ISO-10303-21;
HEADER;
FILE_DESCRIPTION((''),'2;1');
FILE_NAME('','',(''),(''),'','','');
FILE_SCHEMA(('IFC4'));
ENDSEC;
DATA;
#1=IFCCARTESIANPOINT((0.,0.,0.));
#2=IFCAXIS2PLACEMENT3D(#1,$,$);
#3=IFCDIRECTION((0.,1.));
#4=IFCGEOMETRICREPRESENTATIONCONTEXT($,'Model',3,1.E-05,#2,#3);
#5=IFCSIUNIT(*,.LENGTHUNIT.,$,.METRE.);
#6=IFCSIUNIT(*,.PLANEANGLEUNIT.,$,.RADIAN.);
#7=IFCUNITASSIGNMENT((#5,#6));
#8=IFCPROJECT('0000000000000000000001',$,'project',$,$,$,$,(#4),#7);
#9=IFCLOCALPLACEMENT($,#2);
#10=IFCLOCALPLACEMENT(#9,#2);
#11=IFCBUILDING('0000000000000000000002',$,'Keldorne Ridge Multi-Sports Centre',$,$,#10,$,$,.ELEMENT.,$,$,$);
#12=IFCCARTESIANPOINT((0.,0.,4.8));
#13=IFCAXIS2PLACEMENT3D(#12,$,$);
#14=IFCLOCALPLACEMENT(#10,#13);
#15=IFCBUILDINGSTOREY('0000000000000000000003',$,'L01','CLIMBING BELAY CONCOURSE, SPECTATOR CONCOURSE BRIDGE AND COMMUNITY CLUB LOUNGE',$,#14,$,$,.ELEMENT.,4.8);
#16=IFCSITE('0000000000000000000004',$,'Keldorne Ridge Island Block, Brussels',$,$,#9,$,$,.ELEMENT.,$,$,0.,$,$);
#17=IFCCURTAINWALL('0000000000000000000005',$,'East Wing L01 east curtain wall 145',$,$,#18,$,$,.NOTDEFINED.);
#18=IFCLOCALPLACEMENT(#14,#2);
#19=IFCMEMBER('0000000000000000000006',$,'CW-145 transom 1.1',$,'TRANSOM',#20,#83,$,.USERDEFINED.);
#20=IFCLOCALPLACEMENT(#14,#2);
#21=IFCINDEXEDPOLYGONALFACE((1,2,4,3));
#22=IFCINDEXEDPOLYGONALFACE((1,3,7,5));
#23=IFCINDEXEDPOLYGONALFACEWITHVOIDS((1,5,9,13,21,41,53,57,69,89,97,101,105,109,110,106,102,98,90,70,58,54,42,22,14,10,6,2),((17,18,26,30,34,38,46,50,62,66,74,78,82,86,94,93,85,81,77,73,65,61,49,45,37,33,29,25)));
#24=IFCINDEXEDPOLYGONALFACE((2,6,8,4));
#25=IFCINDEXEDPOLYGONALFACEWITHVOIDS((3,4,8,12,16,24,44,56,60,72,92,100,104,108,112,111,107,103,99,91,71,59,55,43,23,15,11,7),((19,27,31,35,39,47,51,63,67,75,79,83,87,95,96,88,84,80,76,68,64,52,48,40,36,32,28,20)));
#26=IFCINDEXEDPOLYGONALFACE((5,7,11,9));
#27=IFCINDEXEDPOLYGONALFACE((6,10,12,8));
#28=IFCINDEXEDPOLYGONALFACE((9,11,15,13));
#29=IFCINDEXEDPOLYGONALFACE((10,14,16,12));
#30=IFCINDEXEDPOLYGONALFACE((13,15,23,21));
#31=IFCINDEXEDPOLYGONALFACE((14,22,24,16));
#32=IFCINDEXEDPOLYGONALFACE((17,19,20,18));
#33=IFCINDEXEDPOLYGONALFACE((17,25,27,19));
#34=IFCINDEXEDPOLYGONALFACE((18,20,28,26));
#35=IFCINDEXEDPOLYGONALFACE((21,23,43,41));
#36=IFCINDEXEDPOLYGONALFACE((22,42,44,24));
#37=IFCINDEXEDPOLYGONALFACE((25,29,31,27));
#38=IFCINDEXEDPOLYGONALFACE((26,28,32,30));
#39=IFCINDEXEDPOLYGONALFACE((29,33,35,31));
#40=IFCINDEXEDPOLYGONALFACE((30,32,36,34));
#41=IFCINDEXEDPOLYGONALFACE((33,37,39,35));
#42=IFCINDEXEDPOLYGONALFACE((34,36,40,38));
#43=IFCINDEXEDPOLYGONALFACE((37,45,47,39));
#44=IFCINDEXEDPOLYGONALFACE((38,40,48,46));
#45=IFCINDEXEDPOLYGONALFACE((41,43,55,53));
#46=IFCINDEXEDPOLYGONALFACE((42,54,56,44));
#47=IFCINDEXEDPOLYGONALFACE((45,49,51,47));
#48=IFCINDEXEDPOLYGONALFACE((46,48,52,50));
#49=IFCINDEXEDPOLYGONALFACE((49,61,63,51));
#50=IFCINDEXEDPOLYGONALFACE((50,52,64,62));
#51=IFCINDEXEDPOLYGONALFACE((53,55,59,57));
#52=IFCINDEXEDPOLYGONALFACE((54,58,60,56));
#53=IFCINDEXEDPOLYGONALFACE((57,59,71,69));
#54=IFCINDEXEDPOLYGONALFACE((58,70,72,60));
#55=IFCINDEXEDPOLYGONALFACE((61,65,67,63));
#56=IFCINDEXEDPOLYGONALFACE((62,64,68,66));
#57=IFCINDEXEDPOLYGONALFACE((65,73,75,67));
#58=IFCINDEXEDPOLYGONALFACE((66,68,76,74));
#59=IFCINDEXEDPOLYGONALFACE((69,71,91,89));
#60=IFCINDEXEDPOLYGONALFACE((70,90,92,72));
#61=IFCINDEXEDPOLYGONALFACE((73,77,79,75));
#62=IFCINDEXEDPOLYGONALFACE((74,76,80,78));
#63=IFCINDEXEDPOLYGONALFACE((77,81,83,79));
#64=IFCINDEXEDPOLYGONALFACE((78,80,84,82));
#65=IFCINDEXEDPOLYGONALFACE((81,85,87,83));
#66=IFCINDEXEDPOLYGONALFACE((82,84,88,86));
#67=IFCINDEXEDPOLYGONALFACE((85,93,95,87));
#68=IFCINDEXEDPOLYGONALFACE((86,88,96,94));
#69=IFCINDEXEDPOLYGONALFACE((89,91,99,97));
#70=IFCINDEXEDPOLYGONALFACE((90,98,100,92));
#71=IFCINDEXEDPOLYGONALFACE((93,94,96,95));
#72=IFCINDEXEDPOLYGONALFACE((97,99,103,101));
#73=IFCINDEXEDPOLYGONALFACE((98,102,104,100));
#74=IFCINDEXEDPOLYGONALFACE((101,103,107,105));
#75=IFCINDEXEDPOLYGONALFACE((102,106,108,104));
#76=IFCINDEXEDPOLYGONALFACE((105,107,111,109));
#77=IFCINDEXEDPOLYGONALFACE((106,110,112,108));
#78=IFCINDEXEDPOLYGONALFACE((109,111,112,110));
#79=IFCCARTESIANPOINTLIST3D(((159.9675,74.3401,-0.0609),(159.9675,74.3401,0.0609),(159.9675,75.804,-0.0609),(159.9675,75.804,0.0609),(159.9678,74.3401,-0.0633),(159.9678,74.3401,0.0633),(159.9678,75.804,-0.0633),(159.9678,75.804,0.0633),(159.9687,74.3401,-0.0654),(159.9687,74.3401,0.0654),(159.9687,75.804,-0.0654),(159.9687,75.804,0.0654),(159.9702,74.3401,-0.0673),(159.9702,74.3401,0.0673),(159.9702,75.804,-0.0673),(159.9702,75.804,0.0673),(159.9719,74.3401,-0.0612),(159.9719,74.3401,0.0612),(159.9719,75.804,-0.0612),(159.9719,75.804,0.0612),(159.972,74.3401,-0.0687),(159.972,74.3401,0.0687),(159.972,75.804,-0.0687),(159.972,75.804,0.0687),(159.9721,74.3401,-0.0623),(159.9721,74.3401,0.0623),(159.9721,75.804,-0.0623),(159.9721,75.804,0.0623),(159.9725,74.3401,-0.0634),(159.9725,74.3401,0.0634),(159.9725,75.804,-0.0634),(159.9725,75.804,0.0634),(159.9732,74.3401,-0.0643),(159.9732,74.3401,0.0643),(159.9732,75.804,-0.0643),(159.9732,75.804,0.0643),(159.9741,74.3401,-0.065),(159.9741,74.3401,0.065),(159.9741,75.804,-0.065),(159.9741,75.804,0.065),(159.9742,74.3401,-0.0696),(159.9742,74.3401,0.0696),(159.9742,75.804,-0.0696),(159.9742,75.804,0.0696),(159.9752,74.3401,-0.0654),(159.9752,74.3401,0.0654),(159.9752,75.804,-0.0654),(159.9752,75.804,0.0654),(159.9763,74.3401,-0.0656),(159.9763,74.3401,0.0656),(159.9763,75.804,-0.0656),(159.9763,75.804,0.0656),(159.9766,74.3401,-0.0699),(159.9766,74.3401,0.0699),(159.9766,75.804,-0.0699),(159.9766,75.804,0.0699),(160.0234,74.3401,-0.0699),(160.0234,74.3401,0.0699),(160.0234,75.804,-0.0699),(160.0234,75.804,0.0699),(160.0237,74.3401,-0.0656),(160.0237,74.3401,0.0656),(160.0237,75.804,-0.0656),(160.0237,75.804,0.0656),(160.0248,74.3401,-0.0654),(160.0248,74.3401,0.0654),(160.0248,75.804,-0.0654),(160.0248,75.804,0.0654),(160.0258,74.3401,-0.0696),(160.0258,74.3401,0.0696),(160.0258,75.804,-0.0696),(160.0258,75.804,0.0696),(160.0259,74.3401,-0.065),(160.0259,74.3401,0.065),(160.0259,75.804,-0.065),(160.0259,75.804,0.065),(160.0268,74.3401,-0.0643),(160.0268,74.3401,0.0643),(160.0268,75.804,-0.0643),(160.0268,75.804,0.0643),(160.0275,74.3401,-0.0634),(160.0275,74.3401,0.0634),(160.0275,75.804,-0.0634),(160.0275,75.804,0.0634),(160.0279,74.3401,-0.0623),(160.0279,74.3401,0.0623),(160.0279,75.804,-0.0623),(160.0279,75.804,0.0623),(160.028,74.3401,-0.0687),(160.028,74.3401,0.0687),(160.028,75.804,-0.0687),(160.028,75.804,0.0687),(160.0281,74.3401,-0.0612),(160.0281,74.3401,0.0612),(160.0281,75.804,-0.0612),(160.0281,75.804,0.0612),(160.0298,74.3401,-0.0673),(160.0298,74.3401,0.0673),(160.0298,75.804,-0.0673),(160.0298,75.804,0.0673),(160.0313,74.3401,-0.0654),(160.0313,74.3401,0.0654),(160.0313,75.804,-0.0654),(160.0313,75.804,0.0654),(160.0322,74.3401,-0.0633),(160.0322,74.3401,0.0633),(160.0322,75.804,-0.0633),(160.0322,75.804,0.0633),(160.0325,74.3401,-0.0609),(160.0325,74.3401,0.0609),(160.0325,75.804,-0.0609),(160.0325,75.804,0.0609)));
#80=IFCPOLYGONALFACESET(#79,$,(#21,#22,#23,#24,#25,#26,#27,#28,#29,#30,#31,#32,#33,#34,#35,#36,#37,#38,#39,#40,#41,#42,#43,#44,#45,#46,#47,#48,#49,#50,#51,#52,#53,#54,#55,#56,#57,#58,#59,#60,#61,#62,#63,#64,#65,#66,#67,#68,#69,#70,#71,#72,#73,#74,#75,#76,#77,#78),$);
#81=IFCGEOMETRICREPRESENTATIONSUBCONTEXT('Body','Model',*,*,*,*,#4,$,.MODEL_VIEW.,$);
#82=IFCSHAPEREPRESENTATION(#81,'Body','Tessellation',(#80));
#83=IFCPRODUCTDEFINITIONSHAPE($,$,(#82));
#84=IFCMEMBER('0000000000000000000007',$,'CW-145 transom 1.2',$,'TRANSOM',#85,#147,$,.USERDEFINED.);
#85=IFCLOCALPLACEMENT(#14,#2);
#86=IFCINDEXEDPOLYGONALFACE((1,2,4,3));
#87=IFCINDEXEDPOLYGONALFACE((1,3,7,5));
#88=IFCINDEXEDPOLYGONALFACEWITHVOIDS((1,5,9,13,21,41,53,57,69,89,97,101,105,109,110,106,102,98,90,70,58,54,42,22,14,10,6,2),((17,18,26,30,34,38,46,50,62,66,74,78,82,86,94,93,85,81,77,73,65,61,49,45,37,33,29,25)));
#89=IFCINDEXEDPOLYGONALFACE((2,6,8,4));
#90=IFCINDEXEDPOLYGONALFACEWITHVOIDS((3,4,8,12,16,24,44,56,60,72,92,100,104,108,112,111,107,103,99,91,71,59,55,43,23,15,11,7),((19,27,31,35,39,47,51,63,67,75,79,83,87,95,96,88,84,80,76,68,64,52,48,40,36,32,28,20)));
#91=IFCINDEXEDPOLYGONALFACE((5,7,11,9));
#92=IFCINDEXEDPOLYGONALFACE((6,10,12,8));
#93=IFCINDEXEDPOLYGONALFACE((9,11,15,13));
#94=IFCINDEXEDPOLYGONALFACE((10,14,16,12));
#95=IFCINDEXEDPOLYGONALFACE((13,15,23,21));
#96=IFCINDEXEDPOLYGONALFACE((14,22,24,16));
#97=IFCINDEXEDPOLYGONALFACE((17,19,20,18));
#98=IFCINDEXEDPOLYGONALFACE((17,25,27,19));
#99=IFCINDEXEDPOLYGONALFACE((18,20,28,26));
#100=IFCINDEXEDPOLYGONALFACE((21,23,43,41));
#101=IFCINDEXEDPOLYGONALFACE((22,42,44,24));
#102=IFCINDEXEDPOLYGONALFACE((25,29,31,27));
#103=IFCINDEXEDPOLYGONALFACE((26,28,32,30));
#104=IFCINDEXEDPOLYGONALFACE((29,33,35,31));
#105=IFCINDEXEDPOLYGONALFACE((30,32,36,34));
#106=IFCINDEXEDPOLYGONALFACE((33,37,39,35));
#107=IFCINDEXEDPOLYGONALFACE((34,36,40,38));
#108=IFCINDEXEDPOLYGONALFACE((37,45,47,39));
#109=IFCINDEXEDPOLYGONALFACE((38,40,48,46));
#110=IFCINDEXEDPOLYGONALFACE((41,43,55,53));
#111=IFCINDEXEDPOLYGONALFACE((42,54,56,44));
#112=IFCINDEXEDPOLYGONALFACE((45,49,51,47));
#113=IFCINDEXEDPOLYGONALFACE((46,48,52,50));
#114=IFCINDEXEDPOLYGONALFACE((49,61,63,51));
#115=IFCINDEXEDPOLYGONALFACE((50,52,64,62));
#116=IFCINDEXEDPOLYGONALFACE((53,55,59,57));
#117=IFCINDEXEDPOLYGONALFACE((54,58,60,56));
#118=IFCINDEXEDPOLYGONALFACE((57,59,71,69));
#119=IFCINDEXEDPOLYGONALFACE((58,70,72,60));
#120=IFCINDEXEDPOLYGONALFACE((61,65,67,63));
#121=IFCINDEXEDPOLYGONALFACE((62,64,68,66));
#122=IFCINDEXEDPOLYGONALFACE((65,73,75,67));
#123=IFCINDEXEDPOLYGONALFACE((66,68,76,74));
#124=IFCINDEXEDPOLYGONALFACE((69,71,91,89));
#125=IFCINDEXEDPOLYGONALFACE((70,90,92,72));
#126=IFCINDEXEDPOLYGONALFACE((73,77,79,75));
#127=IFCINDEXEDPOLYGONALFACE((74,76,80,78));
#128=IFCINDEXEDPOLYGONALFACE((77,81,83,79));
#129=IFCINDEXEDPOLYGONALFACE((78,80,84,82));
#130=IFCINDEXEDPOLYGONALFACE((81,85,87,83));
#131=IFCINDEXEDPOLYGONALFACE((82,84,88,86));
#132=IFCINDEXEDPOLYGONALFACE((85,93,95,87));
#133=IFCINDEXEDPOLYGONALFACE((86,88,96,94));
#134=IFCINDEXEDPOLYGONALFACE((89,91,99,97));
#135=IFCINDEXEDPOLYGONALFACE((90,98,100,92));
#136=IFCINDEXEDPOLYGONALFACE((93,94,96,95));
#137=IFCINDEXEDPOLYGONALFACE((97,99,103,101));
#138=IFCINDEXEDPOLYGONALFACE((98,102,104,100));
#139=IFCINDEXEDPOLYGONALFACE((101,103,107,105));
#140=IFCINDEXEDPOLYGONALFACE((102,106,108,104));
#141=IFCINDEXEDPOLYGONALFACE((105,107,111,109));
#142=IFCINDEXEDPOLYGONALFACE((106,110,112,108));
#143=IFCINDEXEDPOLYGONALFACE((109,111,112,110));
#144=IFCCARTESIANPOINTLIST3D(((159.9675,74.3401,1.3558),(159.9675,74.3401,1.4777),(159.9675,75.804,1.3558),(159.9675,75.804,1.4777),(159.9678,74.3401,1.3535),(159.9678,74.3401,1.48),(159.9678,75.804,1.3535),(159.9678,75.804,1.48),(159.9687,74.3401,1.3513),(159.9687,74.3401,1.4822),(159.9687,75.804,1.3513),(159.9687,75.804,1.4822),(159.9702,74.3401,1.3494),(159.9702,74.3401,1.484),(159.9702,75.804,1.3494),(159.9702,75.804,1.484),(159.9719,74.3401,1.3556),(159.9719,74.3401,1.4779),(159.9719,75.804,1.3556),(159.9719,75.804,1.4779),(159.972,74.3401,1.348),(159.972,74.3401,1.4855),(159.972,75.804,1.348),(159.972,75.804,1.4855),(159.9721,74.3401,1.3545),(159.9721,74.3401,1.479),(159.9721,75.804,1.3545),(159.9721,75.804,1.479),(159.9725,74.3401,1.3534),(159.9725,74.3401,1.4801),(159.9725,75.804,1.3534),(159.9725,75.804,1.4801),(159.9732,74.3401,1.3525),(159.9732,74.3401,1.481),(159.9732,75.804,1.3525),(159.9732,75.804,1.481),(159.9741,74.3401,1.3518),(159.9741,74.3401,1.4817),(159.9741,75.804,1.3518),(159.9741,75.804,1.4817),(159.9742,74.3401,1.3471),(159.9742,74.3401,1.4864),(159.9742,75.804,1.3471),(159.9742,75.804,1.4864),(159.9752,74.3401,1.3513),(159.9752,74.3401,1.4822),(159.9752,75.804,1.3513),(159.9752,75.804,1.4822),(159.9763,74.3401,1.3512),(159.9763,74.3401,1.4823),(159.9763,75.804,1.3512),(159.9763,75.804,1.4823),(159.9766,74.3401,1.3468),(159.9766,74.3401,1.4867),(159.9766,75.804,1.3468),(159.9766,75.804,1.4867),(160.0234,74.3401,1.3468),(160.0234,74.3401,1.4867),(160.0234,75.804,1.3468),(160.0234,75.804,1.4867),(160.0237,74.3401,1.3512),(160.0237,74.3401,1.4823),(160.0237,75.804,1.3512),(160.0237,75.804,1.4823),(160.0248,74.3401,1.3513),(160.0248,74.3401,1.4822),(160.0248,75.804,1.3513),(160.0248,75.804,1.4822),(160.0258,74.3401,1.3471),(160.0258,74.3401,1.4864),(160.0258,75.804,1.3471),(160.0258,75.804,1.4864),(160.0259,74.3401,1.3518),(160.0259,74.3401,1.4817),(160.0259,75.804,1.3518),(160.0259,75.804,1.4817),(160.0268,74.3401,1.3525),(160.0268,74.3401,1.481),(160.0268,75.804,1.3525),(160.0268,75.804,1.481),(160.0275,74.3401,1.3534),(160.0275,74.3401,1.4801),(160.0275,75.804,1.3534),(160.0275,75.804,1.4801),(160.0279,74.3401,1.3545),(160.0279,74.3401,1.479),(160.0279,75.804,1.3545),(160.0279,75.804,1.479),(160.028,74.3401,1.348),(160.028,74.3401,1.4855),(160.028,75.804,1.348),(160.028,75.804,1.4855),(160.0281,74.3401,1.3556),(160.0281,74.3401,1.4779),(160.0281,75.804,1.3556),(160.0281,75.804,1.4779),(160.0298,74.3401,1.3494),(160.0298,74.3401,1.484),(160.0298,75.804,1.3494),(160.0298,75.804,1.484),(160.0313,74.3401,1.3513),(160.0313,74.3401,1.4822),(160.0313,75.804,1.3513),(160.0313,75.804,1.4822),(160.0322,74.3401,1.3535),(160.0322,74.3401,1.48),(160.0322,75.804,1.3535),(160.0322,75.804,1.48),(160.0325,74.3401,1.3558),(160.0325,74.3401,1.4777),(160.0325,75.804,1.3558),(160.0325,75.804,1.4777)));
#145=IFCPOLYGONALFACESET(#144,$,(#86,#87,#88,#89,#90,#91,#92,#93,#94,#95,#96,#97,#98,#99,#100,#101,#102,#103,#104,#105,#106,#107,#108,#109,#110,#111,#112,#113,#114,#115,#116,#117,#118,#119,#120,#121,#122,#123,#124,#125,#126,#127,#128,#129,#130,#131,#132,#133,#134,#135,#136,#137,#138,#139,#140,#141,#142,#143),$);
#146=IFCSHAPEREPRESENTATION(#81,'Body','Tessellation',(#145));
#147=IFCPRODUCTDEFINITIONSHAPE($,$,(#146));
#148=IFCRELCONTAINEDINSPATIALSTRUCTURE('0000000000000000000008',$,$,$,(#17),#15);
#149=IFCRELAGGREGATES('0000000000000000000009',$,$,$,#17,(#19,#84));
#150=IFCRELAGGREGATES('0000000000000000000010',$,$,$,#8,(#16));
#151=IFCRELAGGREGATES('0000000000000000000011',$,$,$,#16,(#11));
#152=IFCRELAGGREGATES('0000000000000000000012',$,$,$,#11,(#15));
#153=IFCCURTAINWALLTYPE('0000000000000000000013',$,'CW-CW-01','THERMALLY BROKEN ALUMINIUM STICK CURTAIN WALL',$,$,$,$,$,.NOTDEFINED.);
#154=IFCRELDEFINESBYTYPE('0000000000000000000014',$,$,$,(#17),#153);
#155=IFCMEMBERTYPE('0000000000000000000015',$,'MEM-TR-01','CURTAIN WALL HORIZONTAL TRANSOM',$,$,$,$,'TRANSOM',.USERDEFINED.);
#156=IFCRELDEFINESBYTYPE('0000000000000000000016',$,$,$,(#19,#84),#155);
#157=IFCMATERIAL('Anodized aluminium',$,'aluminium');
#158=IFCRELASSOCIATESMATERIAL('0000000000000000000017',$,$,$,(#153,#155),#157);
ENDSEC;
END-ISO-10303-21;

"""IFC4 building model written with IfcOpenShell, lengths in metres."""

from ifc_helpers import new_model, si_unit, direction, frame, origin, origin_2d, place, context, subcontext, project, spatial, hollow_rectangle, extrude, material, material_profile, profile_set, type_object, element, aggregate, save


model = new_model("IFC4")

# Units and contexts
model_context = context("Model", 3, precision=1e-05, world=origin(), true_north=direction((0.0, 1.0)))
body_context = subcontext(model_context, "Body", "Model", "MODEL_VIEW")
ifc_project = project(units=[si_unit("LENGTHUNIT", "METRE"), si_unit("PLANEANGLEUNIT", "RADIAN")], contexts=[model_context])

# Site, building, storey
site_placement = place(None, origin())
site = spatial("IfcSite", under=ifc_project, at=site_placement, Name="Keldorne Ridge Island Block, Brussels", CompositionType="ELEMENT", RefElevation=0.0)
building_placement = place(site_placement, origin())
building = spatial("IfcBuilding", under=site, at=building_placement, Name="Keldorne Ridge Multi-Sports Centre", CompositionType="ELEMENT")
storey_placement = place(building_placement, frame((0.0, 0.0, 4.8)))
storey = spatial("IfcBuildingStorey", under=building, at=storey_placement, Name="L01", Description="CLIMBING BELAY CONCOURSE, SPECTATOR CONCOURSE BRIDGE AND COMMUNITY CLUB LOUNGE", CompositionType="ELEMENT", Elevation=4.8)

# Curtain wall, members
ifc_material_1 = material(Name="Anodized aluminium", Category="aluminium")
curtain_wall_type = type_object("IfcCurtainWallType", Name="CW-CW-01", Description="THERMALLY BROKEN ALUMINIUM STICK CURTAIN WALL", PredefinedType="NOTDEFINED", material=ifc_material_1)
curtain_wall_placement = place(storey_placement, origin())
curtain_wall = element("IfcCurtainWall", 1, at=curtain_wall_placement, inside=storey, type_object=curtain_wall_type, Name="East Wing L01 east curtain wall 145", PredefinedType="NOTDEFINED")
ifc_material_profile_1 = material_profile(ifc_material_1, hollow_rectangle(XDim=0.0649, YDim=0.1399, WallThickness=0.0044, InnerFilletRadius=0.0044, OuterFilletRadius=0.009, at=origin_2d()), Name="ALU TRANSOM 140x65x4.5")
ifc_profile_set_1 = profile_set([ifc_material_profile_1], Name="Anodized aluminium")
member_type_1 = type_object("IfcMemberType", Name="MEM-TR-01", Description="CURTAIN WALL HORIZONTAL TRANSOM", ElementType="TRANSOM", PredefinedType="USERDEFINED", material=ifc_profile_set_1)
member_1_placement = place(storey_placement, frame((160.0, 74.3401, 0.0), z_axis=(0.0, 1.0, 0.0), x_axis=(-1.0, 0.0, 0.0)))
member_1 = element("IfcMember", 2, at=member_1_placement, type_object=member_type_1, Name="CW-145 transom 1.1", ObjectType="TRANSOM", PredefinedType="USERDEFINED", context=body_context, shape_type="SweptSolid", body=[
    extrude(hollow_rectangle(XDim=0.0649, YDim=0.1399, WallThickness=0.0044, InnerFilletRadius=0.0044, OuterFilletRadius=0.009, at=origin_2d()), origin(), (0.0, 0.0, 1.0), 1.4639),
])
member_2_placement = place(storey_placement, frame((160.0, 74.3401, 1.4167), z_axis=(0.0, 1.0, 0.0), x_axis=(-1.0, 0.0, 0.0)))
member_2 = element("IfcMember", 3, at=member_2_placement, type_object=member_type_1, Name="CW-145 transom 1.2", ObjectType="TRANSOM", PredefinedType="USERDEFINED", context=body_context, shape_type="SweptSolid", body=[
    extrude(hollow_rectangle(XDim=0.0649, YDim=0.1399, WallThickness=0.0044, InnerFilletRadius=0.0044, OuterFilletRadius=0.009, at=origin_2d()), origin(), (0.0, 0.0, 1.0), 1.4639),
])
aggregate(curtain_wall, [member_1, member_2])

save(model, "model.ifc")
